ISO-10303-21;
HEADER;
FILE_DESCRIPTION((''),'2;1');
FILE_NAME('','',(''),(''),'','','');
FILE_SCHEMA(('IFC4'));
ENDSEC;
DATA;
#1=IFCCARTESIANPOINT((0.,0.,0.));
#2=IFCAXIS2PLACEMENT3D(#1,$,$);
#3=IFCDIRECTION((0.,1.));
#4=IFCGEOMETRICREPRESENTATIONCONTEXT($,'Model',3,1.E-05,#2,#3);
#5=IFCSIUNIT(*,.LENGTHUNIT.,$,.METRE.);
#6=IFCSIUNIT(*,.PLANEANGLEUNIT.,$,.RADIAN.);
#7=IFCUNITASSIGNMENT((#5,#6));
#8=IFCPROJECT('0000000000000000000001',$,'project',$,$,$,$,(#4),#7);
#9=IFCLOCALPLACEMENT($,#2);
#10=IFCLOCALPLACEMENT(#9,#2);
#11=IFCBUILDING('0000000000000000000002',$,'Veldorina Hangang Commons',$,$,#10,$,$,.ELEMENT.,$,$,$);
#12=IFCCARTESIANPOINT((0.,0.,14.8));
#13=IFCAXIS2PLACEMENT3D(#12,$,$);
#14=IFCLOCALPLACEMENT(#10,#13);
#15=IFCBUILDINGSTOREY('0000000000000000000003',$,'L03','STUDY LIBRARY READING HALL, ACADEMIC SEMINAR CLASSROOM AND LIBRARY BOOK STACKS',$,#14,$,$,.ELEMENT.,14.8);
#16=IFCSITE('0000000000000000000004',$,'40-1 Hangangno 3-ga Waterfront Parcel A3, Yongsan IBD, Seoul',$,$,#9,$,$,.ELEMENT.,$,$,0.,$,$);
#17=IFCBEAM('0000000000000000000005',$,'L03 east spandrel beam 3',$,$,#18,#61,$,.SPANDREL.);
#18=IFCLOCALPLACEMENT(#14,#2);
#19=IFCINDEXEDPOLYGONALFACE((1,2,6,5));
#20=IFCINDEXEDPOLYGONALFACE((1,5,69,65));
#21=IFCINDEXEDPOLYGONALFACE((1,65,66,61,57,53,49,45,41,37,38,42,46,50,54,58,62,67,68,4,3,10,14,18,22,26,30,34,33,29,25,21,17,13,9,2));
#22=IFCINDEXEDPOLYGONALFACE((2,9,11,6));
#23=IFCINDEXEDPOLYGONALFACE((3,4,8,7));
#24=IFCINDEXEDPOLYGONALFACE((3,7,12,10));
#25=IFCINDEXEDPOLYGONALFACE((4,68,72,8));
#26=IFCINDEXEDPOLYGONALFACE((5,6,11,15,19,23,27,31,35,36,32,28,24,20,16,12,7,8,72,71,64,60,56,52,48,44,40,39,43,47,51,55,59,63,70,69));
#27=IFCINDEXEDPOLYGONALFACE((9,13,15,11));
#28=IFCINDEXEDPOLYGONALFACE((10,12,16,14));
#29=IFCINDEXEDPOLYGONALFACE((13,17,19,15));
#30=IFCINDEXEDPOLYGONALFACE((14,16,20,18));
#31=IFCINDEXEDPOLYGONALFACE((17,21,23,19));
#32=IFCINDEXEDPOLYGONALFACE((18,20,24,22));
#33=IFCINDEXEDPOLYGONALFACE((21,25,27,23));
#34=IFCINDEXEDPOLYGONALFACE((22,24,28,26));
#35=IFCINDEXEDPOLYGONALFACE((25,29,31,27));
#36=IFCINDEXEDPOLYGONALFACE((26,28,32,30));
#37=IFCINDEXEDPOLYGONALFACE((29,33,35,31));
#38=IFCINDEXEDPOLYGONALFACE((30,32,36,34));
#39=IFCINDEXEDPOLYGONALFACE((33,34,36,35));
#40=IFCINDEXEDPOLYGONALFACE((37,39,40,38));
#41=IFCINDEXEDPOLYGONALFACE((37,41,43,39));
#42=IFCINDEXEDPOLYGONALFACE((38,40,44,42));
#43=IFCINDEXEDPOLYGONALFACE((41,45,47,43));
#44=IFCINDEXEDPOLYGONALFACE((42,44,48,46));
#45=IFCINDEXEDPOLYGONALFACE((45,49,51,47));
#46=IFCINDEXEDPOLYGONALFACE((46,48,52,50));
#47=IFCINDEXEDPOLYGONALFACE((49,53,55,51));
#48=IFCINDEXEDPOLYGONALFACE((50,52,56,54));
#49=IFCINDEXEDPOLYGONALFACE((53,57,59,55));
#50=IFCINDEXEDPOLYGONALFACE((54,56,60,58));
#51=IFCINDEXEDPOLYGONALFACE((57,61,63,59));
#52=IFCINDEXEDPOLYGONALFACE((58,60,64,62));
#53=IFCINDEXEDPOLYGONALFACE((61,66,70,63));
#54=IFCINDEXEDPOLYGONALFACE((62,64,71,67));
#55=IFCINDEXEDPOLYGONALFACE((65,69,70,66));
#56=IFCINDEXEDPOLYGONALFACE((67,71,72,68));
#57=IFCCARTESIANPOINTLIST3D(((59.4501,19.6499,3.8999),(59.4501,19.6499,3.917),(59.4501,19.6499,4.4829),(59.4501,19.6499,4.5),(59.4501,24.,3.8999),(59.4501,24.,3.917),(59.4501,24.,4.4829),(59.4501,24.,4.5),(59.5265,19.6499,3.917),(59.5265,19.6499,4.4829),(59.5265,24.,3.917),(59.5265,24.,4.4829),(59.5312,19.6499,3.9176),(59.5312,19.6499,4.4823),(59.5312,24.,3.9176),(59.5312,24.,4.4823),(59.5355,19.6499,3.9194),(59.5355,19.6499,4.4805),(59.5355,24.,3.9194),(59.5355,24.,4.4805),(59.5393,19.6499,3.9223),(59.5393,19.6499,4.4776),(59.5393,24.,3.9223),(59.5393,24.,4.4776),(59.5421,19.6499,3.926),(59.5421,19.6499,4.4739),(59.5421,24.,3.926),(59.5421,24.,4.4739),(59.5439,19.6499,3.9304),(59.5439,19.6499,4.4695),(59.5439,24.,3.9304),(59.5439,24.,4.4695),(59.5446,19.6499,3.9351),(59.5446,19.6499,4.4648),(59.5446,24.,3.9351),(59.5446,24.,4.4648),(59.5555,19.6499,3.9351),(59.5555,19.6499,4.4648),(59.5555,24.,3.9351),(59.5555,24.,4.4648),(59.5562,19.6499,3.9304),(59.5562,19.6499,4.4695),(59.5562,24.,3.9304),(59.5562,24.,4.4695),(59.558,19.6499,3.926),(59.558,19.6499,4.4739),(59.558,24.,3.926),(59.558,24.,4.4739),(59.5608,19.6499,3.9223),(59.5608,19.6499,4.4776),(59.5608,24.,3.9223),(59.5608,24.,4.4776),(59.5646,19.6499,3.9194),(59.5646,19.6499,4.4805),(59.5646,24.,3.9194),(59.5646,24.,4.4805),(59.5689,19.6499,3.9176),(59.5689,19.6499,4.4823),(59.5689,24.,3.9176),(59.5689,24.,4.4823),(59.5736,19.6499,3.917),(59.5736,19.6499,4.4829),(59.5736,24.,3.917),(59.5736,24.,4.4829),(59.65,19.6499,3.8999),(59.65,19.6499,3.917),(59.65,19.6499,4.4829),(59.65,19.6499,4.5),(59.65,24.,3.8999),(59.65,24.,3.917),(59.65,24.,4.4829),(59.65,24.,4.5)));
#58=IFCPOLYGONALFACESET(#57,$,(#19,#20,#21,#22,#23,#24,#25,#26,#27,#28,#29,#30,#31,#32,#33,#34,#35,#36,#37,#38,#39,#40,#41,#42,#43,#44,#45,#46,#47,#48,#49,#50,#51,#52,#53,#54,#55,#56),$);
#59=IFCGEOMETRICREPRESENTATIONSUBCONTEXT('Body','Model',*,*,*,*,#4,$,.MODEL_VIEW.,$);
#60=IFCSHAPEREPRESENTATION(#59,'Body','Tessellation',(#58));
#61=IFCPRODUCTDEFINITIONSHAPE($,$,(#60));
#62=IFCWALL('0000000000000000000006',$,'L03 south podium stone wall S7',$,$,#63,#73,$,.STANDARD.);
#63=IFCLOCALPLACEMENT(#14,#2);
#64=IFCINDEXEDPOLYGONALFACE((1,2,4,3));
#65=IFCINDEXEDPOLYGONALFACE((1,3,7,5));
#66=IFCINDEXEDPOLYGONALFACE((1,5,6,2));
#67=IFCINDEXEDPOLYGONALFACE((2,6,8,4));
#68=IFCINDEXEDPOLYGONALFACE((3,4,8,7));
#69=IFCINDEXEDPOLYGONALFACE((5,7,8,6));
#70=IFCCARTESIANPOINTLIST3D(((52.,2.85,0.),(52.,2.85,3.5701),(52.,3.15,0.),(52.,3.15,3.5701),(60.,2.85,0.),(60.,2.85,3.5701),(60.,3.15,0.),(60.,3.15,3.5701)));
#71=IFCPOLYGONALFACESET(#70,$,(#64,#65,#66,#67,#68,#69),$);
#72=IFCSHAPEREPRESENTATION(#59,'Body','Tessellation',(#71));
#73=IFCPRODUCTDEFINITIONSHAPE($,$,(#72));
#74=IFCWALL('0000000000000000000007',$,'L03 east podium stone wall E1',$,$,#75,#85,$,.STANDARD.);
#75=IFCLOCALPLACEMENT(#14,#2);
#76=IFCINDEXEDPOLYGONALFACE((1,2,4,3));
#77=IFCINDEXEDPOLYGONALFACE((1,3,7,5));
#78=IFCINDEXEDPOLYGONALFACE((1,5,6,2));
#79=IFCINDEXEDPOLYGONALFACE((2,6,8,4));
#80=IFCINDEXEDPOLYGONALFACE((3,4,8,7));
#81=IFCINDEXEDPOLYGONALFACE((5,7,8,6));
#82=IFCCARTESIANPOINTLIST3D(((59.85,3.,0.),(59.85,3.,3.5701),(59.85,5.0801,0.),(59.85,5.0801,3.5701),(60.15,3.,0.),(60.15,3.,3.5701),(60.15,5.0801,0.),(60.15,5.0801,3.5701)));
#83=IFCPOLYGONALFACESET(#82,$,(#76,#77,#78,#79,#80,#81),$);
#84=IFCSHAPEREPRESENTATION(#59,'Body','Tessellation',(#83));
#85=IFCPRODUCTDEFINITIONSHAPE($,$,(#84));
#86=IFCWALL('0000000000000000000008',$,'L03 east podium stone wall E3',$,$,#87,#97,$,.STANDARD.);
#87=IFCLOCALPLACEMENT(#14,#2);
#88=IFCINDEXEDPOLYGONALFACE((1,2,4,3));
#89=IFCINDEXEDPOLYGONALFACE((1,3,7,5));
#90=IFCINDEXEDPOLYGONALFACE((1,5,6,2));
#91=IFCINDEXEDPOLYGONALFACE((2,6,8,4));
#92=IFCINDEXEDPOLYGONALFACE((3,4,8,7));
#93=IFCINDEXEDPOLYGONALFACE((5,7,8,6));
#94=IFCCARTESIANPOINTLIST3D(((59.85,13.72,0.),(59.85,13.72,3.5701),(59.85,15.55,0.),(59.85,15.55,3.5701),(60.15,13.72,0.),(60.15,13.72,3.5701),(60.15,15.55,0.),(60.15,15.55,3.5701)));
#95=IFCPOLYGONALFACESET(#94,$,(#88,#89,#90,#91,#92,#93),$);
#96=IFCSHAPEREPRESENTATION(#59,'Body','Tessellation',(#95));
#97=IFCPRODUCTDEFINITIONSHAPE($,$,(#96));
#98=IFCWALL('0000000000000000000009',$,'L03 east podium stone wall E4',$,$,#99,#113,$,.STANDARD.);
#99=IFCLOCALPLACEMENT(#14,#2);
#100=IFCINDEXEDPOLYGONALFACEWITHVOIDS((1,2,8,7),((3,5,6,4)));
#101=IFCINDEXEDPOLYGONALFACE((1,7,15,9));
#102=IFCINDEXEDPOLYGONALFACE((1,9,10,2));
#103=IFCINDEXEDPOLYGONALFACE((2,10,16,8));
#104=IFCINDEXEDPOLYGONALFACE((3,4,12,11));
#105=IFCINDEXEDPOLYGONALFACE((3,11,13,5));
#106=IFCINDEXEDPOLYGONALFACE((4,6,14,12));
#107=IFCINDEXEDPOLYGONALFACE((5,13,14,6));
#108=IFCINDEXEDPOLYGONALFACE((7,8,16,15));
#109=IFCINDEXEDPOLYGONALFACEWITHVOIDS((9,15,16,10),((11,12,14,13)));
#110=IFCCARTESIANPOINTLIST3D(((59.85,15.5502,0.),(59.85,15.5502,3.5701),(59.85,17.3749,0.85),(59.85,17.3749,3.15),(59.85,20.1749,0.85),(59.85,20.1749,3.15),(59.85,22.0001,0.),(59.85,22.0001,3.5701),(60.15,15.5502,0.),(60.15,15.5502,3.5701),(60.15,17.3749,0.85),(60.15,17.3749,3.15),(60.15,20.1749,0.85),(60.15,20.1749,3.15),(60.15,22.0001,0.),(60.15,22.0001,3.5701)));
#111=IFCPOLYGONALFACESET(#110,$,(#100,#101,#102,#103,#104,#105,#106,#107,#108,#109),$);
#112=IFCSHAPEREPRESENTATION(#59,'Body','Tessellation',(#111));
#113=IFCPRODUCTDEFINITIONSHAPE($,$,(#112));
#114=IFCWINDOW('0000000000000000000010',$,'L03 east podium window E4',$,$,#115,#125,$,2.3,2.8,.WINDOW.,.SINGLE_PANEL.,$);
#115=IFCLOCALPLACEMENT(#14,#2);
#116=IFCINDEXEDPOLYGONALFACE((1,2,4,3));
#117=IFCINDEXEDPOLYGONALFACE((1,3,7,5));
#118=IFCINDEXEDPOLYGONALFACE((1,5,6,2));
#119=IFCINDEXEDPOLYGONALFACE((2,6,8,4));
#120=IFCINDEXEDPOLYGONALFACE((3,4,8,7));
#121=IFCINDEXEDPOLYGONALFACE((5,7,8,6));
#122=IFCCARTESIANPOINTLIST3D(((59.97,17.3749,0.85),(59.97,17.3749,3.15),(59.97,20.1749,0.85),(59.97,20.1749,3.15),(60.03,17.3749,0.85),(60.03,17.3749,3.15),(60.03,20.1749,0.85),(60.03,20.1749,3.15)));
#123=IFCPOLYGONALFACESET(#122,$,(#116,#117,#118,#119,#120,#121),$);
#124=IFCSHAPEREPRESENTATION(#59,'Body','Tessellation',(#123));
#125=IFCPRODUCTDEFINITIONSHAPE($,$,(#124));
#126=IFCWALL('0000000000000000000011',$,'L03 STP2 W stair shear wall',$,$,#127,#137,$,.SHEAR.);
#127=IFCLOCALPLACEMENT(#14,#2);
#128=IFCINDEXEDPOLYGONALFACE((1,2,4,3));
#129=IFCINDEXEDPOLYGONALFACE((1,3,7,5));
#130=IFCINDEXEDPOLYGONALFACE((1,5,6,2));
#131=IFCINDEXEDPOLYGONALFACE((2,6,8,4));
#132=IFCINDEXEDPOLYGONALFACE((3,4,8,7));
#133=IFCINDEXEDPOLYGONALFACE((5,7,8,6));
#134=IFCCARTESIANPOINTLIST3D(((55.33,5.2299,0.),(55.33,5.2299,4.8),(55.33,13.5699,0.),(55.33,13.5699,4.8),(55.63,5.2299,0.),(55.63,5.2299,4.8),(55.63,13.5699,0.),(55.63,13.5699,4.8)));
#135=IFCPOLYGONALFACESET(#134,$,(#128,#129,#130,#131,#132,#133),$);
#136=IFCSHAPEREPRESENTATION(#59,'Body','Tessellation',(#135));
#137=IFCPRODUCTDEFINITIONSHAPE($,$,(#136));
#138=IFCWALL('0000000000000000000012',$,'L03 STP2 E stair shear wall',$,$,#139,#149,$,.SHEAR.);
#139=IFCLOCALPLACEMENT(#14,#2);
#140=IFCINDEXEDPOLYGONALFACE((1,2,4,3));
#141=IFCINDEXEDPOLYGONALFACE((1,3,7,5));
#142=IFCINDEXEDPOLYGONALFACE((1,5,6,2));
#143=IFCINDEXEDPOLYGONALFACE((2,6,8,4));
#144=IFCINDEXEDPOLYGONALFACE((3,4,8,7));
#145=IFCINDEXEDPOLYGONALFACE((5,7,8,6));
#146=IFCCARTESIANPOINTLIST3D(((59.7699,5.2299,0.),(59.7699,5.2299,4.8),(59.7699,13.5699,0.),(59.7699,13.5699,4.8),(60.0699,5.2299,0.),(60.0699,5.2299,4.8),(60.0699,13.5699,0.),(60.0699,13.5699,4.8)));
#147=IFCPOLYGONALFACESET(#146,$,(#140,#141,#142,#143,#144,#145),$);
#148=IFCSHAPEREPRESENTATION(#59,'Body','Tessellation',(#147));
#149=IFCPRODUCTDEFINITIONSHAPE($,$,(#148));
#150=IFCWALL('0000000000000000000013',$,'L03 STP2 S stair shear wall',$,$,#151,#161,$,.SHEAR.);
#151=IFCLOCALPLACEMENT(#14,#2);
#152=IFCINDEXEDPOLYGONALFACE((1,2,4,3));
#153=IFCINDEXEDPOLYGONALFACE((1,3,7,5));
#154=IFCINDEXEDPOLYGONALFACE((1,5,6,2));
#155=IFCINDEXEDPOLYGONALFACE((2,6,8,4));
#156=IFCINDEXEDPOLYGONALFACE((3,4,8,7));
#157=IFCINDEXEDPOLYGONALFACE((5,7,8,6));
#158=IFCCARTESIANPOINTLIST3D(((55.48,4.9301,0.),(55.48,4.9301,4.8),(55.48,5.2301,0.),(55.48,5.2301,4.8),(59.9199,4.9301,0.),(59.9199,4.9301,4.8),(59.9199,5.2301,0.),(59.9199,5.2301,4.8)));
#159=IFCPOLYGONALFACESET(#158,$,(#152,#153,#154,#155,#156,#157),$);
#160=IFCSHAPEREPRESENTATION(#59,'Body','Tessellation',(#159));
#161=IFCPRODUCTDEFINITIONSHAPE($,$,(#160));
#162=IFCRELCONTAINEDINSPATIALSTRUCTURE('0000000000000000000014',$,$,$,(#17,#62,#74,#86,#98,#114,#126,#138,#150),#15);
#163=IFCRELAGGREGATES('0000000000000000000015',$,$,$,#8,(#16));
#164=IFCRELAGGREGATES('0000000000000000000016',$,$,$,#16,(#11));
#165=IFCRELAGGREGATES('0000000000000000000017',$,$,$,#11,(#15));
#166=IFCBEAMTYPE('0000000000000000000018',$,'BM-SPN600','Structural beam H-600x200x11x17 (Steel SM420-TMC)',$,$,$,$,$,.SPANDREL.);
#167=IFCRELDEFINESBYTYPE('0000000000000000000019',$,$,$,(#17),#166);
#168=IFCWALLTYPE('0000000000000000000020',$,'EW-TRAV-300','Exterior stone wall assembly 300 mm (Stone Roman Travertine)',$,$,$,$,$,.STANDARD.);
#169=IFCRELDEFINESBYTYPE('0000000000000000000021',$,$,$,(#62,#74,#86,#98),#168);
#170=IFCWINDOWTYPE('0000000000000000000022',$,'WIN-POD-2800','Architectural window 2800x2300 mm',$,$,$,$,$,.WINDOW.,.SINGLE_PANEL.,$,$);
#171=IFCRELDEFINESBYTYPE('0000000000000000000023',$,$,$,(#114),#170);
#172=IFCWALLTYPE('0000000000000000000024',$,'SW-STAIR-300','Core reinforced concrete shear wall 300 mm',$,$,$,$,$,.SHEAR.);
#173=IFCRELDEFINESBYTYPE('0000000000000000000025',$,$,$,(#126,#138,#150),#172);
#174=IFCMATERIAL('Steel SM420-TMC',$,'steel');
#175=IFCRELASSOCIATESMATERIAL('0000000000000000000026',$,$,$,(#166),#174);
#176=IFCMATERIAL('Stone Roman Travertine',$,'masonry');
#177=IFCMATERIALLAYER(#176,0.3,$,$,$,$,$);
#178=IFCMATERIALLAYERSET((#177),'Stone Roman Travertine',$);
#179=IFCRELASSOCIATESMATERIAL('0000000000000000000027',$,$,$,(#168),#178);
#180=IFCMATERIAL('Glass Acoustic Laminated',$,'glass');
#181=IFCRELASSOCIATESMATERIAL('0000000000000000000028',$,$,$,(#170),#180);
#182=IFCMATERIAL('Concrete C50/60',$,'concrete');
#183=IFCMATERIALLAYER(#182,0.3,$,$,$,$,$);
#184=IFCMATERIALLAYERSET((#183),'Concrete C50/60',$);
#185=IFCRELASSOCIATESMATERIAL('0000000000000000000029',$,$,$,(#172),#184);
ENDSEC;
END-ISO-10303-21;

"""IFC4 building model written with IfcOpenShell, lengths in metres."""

from ifc_helpers import new_model, si_unit, direction, frame, frame_2d, origin, origin_2d, place, context, subcontext, project, spatial, rectangle, i_section, extrude, material, layer, layer_set, material_profile, profile_set, type_object, element, fill, save


model = new_model("IFC4")

# Units and contexts
model_context = context("Model", 3, precision=1e-05, world=origin(), true_north=direction((0.0, 1.0)))
body_context = subcontext(model_context, "Body", "Model", "MODEL_VIEW")
ifc_project = project(units=[si_unit("LENGTHUNIT", "METRE"), si_unit("PLANEANGLEUNIT", "RADIAN")], contexts=[model_context])

# Site, building, storey
site_placement = place(None, origin())
site = spatial("IfcSite", under=ifc_project, at=site_placement, Name="40-1 Hangangno 3-ga Waterfront Parcel A3, Yongsan IBD, Seoul", CompositionType="ELEMENT", RefElevation=0.0)
building_placement = place(site_placement, origin())
building = spatial("IfcBuilding", under=site, at=building_placement, Name="Veldorina Hangang Commons", CompositionType="ELEMENT")
storey_placement = place(building_placement, frame((0.0, 0.0, 14.8)))
storey = spatial("IfcBuildingStorey", under=building, at=storey_placement, Name="L03", Description="STUDY LIBRARY READING HALL, ACADEMIC SEMINAR CLASSROOM AND LIBRARY BOOK STACKS", CompositionType="ELEMENT", Elevation=14.8)

# Shared definitions
ifc_material_1 = material(Name="Steel SM420-TMC", Category="steel")

# Beam
ifc_material_profile_1 = material_profile(ifc_material_1, i_section(OverallWidth=0.2, OverallDepth=0.6001, WebThickness=0.011, FlangeThickness=0.0171, FilletRadius=0.0181, at=origin_2d()), Name="H-600x200x11x17")
ifc_profile_set_1 = profile_set([ifc_material_profile_1], Name="Steel SM420-TMC")
beam_type_1 = type_object("IfcBeamType", Name="BM-SPN600", Description="Structural beam H-600x200x11x17 (Steel SM420-TMC)", PredefinedType="SPANDREL", material=ifc_profile_set_1)
beam_1_placement = place(storey_placement, frame((59.55, 19.6499, 4.2), z_axis=(0.0, 1.0, 0.0), x_axis=(-1.0, 0.0, 0.0)))
element("IfcBeam", 1, at=beam_1_placement, inside=storey, type_object=beam_type_1, Name="L03 east spandrel beam 3", PredefinedType="SPANDREL", context=body_context, shape_type="SweptSolid", body=[
    extrude(i_section(OverallWidth=0.2, OverallDepth=0.6001, WebThickness=0.011, FlangeThickness=0.0171, FilletRadius=0.0181, at=origin_2d()), origin(), (0.0, 0.0, 1.0), 4.3501),
])

# Walls
ifc_material_2 = material(Name="Stone Roman Travertine", Category="masonry")
ifc_layer_1 = layer(ifc_material_2, 0.3)
ifc_layer_set_1 = layer_set([ifc_layer_1], Name="Stone Roman Travertine")
wall_type_1 = type_object("IfcWallType", Name="EW-TRAV-300", Description="Exterior stone wall assembly 300 mm (Stone Roman Travertine)", PredefinedType="STANDARD", material=ifc_layer_set_1)
wall_1_placement = place(storey_placement, frame((52.0, 3.0, 0.0), z_axis=(0.0, 0.0, 1.0), x_axis=(1.0, 0.0, 0.0)))
element("IfcWall", 2, at=wall_1_placement, inside=storey, type_object=wall_type_1, Name="L03 south podium stone wall S7", PredefinedType="STANDARD", context=body_context, shape_type="SweptSolid", body=[
    extrude(rectangle(XDim=8.0, YDim=0.3, at=frame_2d((4.0, 0.0))), origin(), (0.0, 0.0, 1.0), 3.5701),
])
wall_2_placement = place(storey_placement, frame((60.0, 3.0, 0.0), z_axis=(0.0, 0.0, 1.0), x_axis=(0.0, 1.0, 0.0)))
element("IfcWall", 3, at=wall_2_placement, inside=storey, type_object=wall_type_1, Name="L03 east podium stone wall E1", PredefinedType="STANDARD", context=body_context, shape_type="SweptSolid", body=[
    extrude(rectangle(XDim=2.0801, YDim=0.3, at=frame_2d((1.04, 0.0))), origin(), (0.0, 0.0, 1.0), 3.5701),
])
wall_3_placement = place(storey_placement, frame((60.0, 13.72, 0.0), z_axis=(0.0, 0.0, 1.0), x_axis=(0.0, 1.0, 0.0)))
element("IfcWall", 4, at=wall_3_placement, inside=storey, type_object=wall_type_1, Name="L03 east podium stone wall E3", PredefinedType="STANDARD", context=body_context, shape_type="SweptSolid", body=[
    extrude(rectangle(XDim=1.8301, YDim=0.3, at=frame_2d((0.915, 0.0))), origin(), (0.0, 0.0, 1.0), 3.5701),
])

# Wall, opening, window
wall_4_placement = place(storey_placement, frame((60.0, 15.55, 0.0), z_axis=(0.0, 0.0, 1.0), x_axis=(0.0, 1.0, 0.0)))
wall_4 = element("IfcWall", 5, at=wall_4_placement, inside=storey, type_object=wall_type_1, Name="L03 east podium stone wall E4", PredefinedType="STANDARD", context=body_context, shape_type="SweptSolid", body=[
    extrude(rectangle(XDim=6.45, YDim=0.3, at=frame_2d((3.2251, 0.0))), origin(), (0.0, 0.0, 1.0), 3.5701),
])
opening_1_placement = place(wall_4_placement, frame((1.825, 0.0, 0.8501)))
opening_1 = element("IfcOpeningElement", 6, at=opening_1_placement, cuts=wall_4, PredefinedType="OPENING", context=body_context, shape_type="SweptSolid", body=[
    extrude(rectangle(XDim=2.8, YDim=2.3, at=frame_2d((1.3999, 1.1499))), frame((0.0, 0.1602, 0.0), z_axis=(0.0, -1.0, 0.0), x_axis=(1.0, 0.0, 0.0)), (0.0, 0.0, 1.0), 0.3201),
])
ifc_material_3 = material(Name="Glass Acoustic Laminated", Category="glass")
window_type = type_object("IfcWindowType", Name="WIN-POD-2800", Description="Architectural window 2800x2300 mm", PartitioningType="SINGLE_PANEL", PredefinedType="WINDOW", material=ifc_material_3)
window_placement = place(opening_1_placement, origin())
window = element("IfcWindow", 7, at=window_placement, inside=storey, type_object=window_type, Name="L03 east podium window E4", OverallHeight=2.3, OverallWidth=2.8, PartitioningType="SINGLE_PANEL", PredefinedType="WINDOW", context=body_context, shape_type="SweptSolid", body=[
    extrude(rectangle(XDim=2.8, YDim=2.3, at=frame_2d((1.3999, 1.1499))), frame((0.0, 0.03, 0.0), z_axis=(0.0, -1.0, 0.0), x_axis=(1.0, 0.0, 0.0)), (0.0, 0.0, 1.0), 0.0601),
])
fill(opening_1, window)

# Walls
ifc_material_4 = material(Name="Concrete C50/60", Category="concrete")
ifc_layer_2 = layer(ifc_material_4, 0.3)
ifc_layer_set_2 = layer_set([ifc_layer_2], Name="Concrete C50/60")
wall_type_2 = type_object("IfcWallType", Name="SW-STAIR-300", Description="Core reinforced concrete shear wall 300 mm", PredefinedType="SHEAR", material=ifc_layer_set_2)
for number, where, z_axis, x_axis, name in (
    (8, (55.48, 5.23, 0.0), (0.0, 0.0, 1.0), (0.0, 1.0, 0.0), "L03 STP2 W stair shear wall"),
    (9, (59.9199, 5.23, 0.0), (0.0, 0.0, 1.0), (0.0, 1.0, 0.0), "L03 STP2 E stair shear wall"),
):
    element("IfcWall", number, at=place(storey_placement, frame(where, z_axis=z_axis, x_axis=x_axis)), inside=storey, type_object=wall_type_2, Name=name, PredefinedType="SHEAR", context=body_context, shape_type="SweptSolid", body=[
        extrude(rectangle(XDim=8.3401, YDim=0.3, at=frame_2d((4.1699, 0.0))), origin(), (0.0, 0.0, 1.0), 4.8),
    ])
wall_5_placement = place(storey_placement, frame((55.48, 5.0801, 0.0), z_axis=(0.0, 0.0, 1.0), x_axis=(1.0, 0.0, 0.0)))
element("IfcWall", 10, at=wall_5_placement, inside=storey, type_object=wall_type_2, Name="L03 STP2 S stair shear wall", PredefinedType="SHEAR", context=body_context, shape_type="SweptSolid", body=[
    extrude(rectangle(XDim=4.4399, YDim=0.3, at=frame_2d((2.22, 0.0))), origin(), (0.0, 0.0, 1.0), 4.8),
])

save(model, "model.ifc")
